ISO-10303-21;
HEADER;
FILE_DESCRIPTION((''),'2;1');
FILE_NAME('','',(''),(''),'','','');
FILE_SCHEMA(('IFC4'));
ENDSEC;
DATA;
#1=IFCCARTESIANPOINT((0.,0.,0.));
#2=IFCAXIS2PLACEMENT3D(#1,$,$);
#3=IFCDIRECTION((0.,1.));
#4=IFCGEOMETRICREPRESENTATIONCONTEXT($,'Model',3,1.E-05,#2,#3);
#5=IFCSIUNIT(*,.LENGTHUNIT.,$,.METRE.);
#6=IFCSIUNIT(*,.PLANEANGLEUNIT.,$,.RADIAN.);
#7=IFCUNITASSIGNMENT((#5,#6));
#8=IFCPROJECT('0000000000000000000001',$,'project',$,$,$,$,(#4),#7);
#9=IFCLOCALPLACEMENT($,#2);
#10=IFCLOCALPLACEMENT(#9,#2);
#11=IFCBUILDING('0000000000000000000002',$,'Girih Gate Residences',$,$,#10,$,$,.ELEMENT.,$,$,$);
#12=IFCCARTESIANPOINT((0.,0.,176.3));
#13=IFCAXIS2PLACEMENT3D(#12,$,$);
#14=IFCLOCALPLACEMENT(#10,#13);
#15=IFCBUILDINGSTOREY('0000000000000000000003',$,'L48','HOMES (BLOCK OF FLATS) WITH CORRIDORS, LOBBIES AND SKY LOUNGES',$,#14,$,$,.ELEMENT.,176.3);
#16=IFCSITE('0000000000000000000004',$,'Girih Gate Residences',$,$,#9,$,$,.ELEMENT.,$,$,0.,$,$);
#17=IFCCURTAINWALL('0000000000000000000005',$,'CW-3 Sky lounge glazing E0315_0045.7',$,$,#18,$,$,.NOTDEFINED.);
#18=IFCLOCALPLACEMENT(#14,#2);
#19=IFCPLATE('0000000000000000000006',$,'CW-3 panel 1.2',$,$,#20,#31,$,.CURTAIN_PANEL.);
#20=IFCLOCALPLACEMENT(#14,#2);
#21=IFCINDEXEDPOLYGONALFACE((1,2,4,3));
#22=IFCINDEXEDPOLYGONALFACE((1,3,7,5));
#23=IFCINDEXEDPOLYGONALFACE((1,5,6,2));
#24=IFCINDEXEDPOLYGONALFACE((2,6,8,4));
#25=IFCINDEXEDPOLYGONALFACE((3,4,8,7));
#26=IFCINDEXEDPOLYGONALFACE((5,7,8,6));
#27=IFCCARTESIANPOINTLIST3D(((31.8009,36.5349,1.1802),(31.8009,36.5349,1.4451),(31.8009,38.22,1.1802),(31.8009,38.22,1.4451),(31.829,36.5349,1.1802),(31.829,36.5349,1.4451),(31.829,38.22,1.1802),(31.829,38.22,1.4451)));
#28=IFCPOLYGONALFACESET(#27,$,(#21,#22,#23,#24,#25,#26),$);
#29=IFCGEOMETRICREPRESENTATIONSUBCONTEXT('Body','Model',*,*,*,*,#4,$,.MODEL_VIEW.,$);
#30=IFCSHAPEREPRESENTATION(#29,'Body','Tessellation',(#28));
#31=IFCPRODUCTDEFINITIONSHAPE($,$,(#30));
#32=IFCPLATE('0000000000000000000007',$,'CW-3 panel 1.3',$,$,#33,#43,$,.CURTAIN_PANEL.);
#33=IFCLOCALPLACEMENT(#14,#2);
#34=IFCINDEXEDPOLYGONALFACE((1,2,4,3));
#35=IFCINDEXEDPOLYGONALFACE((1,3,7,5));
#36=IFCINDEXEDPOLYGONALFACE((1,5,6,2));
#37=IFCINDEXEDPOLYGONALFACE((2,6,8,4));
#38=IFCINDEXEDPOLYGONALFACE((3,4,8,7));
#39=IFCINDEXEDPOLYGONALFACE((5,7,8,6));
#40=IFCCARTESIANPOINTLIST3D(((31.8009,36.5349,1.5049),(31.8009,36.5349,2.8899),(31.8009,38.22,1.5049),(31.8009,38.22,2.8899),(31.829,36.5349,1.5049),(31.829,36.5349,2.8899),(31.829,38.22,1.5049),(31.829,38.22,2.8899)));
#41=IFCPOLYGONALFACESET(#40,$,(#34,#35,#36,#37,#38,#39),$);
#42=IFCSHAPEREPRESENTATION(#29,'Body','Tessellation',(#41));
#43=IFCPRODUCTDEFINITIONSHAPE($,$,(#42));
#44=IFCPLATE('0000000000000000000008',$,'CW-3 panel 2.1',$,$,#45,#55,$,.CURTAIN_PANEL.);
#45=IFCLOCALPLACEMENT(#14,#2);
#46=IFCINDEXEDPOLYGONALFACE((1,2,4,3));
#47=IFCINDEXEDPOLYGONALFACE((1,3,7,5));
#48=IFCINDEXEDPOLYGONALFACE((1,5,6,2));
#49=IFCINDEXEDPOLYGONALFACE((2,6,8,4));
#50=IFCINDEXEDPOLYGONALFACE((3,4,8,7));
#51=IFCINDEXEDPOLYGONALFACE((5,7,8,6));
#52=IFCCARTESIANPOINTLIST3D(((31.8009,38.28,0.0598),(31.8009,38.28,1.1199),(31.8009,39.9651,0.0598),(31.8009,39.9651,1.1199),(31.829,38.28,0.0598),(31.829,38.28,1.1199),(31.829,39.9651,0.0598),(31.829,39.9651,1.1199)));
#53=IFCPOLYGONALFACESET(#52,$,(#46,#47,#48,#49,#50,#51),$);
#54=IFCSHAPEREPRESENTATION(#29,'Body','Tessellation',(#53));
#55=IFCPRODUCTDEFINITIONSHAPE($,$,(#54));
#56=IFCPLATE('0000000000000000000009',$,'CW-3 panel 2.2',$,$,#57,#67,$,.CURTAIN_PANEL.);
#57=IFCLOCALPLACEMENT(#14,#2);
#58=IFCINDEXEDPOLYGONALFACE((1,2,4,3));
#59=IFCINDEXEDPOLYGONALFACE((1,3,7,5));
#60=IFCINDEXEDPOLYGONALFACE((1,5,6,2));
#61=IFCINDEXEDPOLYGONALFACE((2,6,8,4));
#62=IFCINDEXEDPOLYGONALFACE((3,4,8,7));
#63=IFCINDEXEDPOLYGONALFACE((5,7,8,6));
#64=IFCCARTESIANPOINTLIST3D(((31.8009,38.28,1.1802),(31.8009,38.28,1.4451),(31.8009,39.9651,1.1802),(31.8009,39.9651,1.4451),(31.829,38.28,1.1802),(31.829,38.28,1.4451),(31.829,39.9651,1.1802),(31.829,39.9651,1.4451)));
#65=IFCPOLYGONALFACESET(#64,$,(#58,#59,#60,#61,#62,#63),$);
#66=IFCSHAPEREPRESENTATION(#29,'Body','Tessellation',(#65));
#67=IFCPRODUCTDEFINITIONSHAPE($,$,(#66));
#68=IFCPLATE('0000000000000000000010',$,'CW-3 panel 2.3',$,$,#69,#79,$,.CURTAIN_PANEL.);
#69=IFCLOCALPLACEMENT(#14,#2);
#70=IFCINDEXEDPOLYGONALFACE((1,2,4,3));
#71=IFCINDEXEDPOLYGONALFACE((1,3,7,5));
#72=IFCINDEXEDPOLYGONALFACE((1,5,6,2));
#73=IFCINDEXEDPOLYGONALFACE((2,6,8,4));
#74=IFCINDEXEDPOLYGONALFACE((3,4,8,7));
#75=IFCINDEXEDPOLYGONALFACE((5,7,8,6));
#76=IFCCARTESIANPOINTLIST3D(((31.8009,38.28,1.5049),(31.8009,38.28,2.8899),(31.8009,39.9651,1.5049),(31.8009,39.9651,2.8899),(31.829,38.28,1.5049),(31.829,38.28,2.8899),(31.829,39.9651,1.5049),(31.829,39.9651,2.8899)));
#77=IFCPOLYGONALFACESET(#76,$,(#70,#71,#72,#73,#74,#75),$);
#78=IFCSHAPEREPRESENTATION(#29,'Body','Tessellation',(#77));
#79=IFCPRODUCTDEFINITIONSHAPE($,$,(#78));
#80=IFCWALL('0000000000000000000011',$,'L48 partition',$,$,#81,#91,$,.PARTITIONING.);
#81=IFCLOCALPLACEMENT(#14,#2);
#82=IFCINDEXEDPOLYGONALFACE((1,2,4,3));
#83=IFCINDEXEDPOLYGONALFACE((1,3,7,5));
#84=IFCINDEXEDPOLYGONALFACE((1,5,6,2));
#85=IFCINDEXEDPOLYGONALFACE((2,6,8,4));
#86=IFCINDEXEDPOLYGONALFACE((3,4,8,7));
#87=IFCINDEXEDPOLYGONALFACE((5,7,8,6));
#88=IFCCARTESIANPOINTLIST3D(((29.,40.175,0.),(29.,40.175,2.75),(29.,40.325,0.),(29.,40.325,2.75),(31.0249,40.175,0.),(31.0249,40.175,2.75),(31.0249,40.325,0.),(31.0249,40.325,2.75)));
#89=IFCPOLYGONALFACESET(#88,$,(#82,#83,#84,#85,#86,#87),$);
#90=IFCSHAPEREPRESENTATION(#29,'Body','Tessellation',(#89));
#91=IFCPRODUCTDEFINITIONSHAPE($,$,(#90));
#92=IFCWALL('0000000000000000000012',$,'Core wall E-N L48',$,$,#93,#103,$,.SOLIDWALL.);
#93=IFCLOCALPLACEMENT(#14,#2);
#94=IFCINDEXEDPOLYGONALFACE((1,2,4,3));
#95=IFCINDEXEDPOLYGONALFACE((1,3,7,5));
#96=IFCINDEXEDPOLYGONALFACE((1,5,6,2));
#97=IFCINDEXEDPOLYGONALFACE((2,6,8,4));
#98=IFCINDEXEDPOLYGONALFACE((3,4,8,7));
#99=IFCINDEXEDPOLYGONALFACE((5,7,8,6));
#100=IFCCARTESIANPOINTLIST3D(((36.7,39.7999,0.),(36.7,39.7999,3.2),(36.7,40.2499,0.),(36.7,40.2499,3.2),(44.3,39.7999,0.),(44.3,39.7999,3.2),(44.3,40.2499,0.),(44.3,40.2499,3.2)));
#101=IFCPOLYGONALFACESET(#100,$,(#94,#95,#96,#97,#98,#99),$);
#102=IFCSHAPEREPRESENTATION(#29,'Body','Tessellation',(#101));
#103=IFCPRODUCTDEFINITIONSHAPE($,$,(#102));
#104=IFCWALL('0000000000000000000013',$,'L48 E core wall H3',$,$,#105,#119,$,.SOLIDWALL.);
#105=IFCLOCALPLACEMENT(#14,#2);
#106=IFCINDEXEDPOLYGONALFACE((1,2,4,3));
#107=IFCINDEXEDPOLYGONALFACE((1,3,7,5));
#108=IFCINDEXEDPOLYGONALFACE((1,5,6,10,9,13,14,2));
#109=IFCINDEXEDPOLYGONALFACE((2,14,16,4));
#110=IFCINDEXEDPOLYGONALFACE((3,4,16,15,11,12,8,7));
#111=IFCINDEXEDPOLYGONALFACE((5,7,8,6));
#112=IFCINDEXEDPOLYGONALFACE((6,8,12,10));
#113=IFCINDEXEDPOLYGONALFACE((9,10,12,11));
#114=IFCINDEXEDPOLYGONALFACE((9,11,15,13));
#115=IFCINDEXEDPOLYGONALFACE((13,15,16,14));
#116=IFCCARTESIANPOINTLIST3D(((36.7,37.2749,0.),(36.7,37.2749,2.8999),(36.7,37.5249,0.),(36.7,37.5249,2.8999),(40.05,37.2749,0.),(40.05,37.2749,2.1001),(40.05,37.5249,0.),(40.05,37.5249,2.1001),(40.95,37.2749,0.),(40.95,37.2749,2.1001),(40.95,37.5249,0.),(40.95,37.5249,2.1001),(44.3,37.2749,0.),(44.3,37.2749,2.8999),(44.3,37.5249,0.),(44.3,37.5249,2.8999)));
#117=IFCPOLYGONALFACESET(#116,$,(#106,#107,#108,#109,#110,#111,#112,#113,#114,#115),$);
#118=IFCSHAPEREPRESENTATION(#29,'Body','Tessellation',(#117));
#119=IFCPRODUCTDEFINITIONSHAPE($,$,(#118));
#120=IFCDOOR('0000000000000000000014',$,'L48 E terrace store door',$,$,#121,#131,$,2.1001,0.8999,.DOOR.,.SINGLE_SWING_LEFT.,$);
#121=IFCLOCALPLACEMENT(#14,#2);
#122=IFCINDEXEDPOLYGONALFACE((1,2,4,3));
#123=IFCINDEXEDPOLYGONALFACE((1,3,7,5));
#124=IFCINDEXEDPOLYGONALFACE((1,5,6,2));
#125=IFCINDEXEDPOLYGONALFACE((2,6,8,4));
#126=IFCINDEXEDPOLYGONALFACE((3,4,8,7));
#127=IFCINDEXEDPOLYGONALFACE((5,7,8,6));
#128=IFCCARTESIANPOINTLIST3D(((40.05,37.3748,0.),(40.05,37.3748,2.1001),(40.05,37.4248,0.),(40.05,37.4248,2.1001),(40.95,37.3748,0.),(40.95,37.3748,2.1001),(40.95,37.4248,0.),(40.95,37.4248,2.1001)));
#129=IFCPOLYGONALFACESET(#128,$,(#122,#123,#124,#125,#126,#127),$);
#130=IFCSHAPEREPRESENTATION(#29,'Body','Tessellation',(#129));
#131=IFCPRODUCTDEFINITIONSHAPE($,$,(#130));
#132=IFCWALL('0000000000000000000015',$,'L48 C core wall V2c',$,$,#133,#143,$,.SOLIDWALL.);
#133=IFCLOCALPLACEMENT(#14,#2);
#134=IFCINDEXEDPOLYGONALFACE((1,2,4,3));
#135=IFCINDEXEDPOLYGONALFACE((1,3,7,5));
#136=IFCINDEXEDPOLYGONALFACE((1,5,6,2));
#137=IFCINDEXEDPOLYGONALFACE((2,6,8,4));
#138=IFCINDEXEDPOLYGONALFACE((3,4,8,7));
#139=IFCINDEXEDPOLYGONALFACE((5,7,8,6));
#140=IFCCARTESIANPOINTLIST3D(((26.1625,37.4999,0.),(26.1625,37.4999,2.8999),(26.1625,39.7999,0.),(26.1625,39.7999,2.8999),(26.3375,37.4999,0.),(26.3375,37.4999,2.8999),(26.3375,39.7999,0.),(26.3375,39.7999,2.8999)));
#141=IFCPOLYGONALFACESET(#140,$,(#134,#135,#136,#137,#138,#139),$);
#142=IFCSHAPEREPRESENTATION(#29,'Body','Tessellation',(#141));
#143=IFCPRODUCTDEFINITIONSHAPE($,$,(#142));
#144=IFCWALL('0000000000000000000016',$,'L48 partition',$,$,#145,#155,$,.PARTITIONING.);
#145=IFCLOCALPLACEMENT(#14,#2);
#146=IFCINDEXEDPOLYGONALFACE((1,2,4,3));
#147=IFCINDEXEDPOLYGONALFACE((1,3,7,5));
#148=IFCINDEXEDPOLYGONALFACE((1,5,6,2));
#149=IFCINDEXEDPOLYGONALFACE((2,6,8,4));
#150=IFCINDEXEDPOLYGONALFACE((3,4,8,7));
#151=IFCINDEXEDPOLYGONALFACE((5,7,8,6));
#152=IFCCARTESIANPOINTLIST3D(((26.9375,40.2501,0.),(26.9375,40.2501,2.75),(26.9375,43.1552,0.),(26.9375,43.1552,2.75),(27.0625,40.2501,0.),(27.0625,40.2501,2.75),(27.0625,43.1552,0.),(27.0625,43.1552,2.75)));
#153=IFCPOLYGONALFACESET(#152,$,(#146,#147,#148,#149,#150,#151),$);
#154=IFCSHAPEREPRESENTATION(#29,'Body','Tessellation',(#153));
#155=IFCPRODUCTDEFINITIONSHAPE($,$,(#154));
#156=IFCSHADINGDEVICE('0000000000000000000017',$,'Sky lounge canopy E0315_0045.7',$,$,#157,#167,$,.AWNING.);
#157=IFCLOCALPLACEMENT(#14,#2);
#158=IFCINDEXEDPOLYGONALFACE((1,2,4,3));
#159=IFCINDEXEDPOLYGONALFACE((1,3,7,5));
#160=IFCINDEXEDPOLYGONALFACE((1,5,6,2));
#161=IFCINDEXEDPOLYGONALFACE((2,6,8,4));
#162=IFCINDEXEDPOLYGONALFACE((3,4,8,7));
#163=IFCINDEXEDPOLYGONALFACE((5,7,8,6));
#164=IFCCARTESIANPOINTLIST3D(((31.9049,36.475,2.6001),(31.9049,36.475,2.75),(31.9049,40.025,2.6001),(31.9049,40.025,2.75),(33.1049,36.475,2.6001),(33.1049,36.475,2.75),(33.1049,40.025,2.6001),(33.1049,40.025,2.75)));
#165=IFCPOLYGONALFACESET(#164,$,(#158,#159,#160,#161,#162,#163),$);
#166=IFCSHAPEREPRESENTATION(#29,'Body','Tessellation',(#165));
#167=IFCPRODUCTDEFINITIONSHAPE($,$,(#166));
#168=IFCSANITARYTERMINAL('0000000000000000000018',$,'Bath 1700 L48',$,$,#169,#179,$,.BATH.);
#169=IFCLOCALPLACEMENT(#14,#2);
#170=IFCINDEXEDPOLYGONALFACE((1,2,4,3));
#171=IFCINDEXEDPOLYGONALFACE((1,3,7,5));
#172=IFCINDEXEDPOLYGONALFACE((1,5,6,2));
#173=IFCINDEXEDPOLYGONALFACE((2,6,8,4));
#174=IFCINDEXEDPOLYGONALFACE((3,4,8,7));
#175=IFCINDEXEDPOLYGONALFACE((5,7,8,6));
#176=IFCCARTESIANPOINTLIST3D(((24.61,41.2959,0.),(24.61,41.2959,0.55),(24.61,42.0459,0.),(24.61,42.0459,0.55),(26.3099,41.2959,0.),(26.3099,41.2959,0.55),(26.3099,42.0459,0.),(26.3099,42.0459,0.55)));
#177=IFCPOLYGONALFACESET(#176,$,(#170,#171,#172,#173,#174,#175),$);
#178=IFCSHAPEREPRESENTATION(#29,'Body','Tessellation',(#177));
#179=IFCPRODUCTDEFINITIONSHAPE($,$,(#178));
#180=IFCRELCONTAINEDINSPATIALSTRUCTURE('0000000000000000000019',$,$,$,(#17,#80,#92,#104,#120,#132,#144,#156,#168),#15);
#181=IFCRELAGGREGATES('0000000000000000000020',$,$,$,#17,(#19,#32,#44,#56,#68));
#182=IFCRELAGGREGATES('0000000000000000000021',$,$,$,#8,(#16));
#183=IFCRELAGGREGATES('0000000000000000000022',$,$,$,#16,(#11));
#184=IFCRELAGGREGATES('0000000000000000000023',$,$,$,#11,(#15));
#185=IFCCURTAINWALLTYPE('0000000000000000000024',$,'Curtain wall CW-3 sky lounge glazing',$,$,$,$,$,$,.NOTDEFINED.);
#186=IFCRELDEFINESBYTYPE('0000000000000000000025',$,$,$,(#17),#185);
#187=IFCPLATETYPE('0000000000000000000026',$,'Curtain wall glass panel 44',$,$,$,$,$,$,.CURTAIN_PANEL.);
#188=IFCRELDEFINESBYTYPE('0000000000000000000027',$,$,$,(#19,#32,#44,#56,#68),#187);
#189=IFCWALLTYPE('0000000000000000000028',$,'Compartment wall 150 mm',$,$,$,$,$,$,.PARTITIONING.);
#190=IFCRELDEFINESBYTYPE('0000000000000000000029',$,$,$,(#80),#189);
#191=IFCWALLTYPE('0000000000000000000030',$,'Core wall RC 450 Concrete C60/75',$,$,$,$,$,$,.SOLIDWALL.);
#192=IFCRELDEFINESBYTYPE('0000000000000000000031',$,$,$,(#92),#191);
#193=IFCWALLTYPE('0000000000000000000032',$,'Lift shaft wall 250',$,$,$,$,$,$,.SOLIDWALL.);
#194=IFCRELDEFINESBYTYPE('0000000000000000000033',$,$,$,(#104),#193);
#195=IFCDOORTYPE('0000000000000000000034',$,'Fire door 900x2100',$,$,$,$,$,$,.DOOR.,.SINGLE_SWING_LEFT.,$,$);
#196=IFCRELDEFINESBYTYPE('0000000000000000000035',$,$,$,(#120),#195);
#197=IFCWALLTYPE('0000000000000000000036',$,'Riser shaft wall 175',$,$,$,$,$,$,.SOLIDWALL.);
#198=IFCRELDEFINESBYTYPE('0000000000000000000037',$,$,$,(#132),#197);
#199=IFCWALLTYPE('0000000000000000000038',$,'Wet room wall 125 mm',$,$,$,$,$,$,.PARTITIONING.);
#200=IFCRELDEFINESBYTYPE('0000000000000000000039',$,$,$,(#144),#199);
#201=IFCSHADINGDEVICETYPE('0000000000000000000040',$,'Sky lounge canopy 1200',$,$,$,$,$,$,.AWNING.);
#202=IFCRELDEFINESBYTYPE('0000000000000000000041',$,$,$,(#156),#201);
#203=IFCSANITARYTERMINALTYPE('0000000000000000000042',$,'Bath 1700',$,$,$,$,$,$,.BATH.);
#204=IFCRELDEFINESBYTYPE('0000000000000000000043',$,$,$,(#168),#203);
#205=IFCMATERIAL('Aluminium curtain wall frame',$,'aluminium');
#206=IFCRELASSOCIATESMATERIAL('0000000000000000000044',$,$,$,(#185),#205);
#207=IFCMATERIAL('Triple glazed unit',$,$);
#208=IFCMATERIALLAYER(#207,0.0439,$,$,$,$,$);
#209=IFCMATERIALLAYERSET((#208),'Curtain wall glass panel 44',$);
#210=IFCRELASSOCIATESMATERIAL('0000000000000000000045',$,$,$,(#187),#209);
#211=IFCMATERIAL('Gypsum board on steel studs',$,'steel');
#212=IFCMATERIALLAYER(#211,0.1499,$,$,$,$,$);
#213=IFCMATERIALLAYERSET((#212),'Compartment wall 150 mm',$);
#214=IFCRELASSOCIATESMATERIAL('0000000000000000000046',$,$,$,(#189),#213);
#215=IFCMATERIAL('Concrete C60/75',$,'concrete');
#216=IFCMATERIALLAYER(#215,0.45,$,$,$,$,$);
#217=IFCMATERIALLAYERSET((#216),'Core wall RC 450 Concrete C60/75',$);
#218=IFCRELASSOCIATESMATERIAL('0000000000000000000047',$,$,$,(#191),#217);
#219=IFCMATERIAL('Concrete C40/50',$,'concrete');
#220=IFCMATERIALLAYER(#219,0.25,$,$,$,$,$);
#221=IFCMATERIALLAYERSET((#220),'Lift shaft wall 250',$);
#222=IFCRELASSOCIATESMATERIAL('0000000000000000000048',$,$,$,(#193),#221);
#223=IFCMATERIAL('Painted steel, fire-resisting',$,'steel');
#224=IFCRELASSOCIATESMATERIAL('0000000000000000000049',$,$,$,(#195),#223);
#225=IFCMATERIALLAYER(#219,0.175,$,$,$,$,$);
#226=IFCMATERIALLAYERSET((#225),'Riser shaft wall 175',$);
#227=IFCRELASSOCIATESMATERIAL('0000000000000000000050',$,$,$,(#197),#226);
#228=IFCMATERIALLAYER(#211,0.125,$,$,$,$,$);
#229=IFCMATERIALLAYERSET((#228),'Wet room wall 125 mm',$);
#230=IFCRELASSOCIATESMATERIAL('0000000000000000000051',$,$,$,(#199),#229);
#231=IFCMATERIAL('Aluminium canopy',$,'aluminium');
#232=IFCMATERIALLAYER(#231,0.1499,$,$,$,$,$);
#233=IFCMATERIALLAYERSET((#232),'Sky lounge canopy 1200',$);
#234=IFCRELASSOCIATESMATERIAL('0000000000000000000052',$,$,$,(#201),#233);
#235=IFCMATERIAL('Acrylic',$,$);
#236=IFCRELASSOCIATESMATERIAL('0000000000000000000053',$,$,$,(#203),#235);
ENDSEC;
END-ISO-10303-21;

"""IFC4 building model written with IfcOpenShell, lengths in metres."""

from ifc_helpers import new_model, si_unit, direction, frame, frame_2d, origin, origin_2d, place, context, subcontext, project, spatial, rectangle, extrude, material, layer, layer_set, type_object, element, fill, aggregate, save


model = new_model("IFC4")

# Units and contexts
model_context = context("Model", 3, precision=1e-05, world=origin(), true_north=direction((0.0, 1.0)))
body_context = subcontext(model_context, "Body", "Model", "MODEL_VIEW")
ifc_project = project(units=[si_unit("LENGTHUNIT", "METRE"), si_unit("PLANEANGLEUNIT", "RADIAN")], contexts=[model_context])

# Site, building, storey
site_placement = place(None, origin())
site = spatial("IfcSite", under=ifc_project, at=site_placement, Name="Girih Gate Residences", CompositionType="ELEMENT", RefElevation=0.0)
building_placement = place(site_placement, origin())
building = spatial("IfcBuilding", under=site, at=building_placement, Name="Girih Gate Residences", CompositionType="ELEMENT")
storey_placement = place(building_placement, frame((0.0, 0.0, 176.3)))
storey = spatial("IfcBuildingStorey", under=building, at=storey_placement, Name="L48", Description="HOMES (BLOCK OF FLATS) WITH CORRIDORS, LOBBIES AND SKY LOUNGES", CompositionType="ELEMENT", Elevation=176.3)

# Curtain wall
ifc_material_1 = material(Name="Aluminium curtain wall frame", Category="aluminium")
curtain_wall_type = type_object("IfcCurtainWallType", Name="Curtain wall CW-3 sky lounge glazing", PredefinedType="NOTDEFINED", material=ifc_material_1)
curtain_wall_1_placement = place(storey_placement, origin())
curtain_wall_1 = element("IfcCurtainWall", 1, at=curtain_wall_1_placement, inside=storey, type_object=curtain_wall_type, Name="CW-3 Sky lounge glazing E0315_0045.7", PredefinedType="NOTDEFINED")

# Shared definitions
ifc_material_2 = material(Name="Concrete C60/75", Category="concrete")

# Plates
ifc_material_3 = material(Name="Triple glazed unit")
ifc_layer_1 = layer(ifc_material_3, 0.0439)
ifc_layer_set_1 = layer_set([ifc_layer_1], Name="Curtain wall glass panel 44")
plate_type = type_object("IfcPlateType", Name="Curtain wall glass panel 44", PredefinedType="CURTAIN_PANEL", material=ifc_layer_set_1)
plate_1_placement = place(storey_placement, frame((31.8149, 37.3774, 1.1802), z_axis=(0.0, 0.0, 1.0), x_axis=(0.0, 1.0, 0.0)))
plate_1 = element("IfcPlate", 2, at=plate_1_placement, type_object=plate_type, Name="CW-3 panel 1.2", PredefinedType="CURTAIN_PANEL", context=body_context, shape_type="SweptSolid", body=[
    extrude(rectangle(XDim=1.6851, YDim=0.0281, at=origin_2d()), origin(), (0.0, 0.0, 1.0), 0.2649),
])
plate_2_placement = place(storey_placement, frame((31.8149, 37.3774, 1.5049), z_axis=(0.0, 0.0, 1.0), x_axis=(0.0, 1.0, 0.0)))
plate_2 = element("IfcPlate", 3, at=plate_2_placement, type_object=plate_type, Name="CW-3 panel 1.3", PredefinedType="CURTAIN_PANEL", context=body_context, shape_type="SweptSolid", body=[
    extrude(rectangle(XDim=1.6851, YDim=0.0281, at=origin_2d()), origin(), (0.0, 0.0, 1.0), 1.385),
])
plate_3_placement = place(storey_placement, frame((31.8149, 39.1226, 0.0598), z_axis=(0.0, 0.0, 1.0), x_axis=(0.0, 1.0, 0.0)))
plate_3 = element("IfcPlate", 4, at=plate_3_placement, type_object=plate_type, Name="CW-3 panel 2.1", PredefinedType="CURTAIN_PANEL", context=body_context, shape_type="SweptSolid", body=[
    extrude(rectangle(XDim=1.6851, YDim=0.0281, at=origin_2d()), origin(), (0.0, 0.0, 1.0), 1.0601),
])
plate_4_placement = place(storey_placement, frame((31.8149, 39.1226, 1.1802), z_axis=(0.0, 0.0, 1.0), x_axis=(0.0, 1.0, 0.0)))
plate_4 = element("IfcPlate", 5, at=plate_4_placement, type_object=plate_type, Name="CW-3 panel 2.2", PredefinedType="CURTAIN_PANEL", context=body_context, shape_type="SweptSolid", body=[
    extrude(rectangle(XDim=1.6851, YDim=0.0281, at=origin_2d()), origin(), (0.0, 0.0, 1.0), 0.2649),
])
plate_5_placement = place(storey_placement, frame((31.8149, 39.1226, 1.5049), z_axis=(0.0, 0.0, 1.0), x_axis=(0.0, 1.0, 0.0)))
plate_5 = element("IfcPlate", 6, at=plate_5_placement, type_object=plate_type, Name="CW-3 panel 2.3", PredefinedType="CURTAIN_PANEL", context=body_context, shape_type="SweptSolid", body=[
    extrude(rectangle(XDim=1.6851, YDim=0.0281, at=origin_2d()), origin(), (0.0, 0.0, 1.0), 1.385),
])
aggregate(curtain_wall_1, [plate_1, plate_2, plate_3, plate_4, plate_5])

# Walls
ifc_material_4 = material(Name="Gypsum board on steel studs", Category="steel")
ifc_layer_2 = layer(ifc_material_4, 0.1499)
ifc_layer_set_2 = layer_set([ifc_layer_2], Name="Compartment wall 150 mm")
wall_type_1 = type_object("IfcWallType", Name="Compartment wall 150 mm", PredefinedType="PARTITIONING", material=ifc_layer_set_2)
wall_1_placement = place(storey_placement, frame((29.0, 40.25, 0.0), z_axis=(0.0, 0.0, 1.0), x_axis=(1.0, 0.0, 0.0)))
element("IfcWall", 7, at=wall_1_placement, inside=storey, type_object=wall_type_1, Name="L48 partition", PredefinedType="PARTITIONING", context=body_context, shape_type="SweptSolid", body=[
    extrude(rectangle(XDim=2.0249, YDim=0.1499, at=frame_2d((1.0125, 0.0))), origin(), (0.0, 0.0, 1.0), 2.75),
])
ifc_layer_3 = layer(ifc_material_2, 0.45)
ifc_layer_set_3 = layer_set([ifc_layer_3], Name="Core wall RC 450 Concrete C60/75")
wall_type_2 = type_object("IfcWallType", Name="Core wall RC 450 Concrete C60/75", PredefinedType="SOLIDWALL", material=ifc_layer_set_3)
wall_2_placement = place(storey_placement, frame((36.7, 40.0249, 0.0), z_axis=(0.0, 0.0, 1.0), x_axis=(1.0, 0.0, 0.0)))
element("IfcWall", 8, at=wall_2_placement, inside=storey, type_object=wall_type_2, Name="Core wall E-N L48", PredefinedType="SOLIDWALL", context=body_context, shape_type="SweptSolid", body=[
    extrude(rectangle(XDim=7.6001, YDim=0.45, at=frame_2d((3.8, 0.0))), origin(), (0.0, 0.0, 1.0), 3.2),
])

# Wall, opening, door
ifc_material_5 = material(Name="Concrete C40/50", Category="concrete")
ifc_layer_4 = layer(ifc_material_5, 0.25)
ifc_layer_set_4 = layer_set([ifc_layer_4], Name="Lift shaft wall 250")
wall_type_3 = type_object("IfcWallType", Name="Lift shaft wall 250", PredefinedType="SOLIDWALL", material=ifc_layer_set_4)
wall_3_placement = place(storey_placement, frame((36.7, 37.3999, 0.0), z_axis=(0.0, 0.0, 1.0), x_axis=(1.0, 0.0, 0.0)))
wall_3 = element("IfcWall", 9, at=wall_3_placement, inside=storey, type_object=wall_type_3, Name="L48 E core wall H3", PredefinedType="SOLIDWALL", context=body_context, shape_type="SweptSolid", body=[
    extrude(rectangle(XDim=7.6001, YDim=0.25, at=frame_2d((3.8, 0.0))), origin(), (0.0, 0.0, 1.0), 2.8999),
])
opening_placement = place(wall_3_placement, frame((3.3501, 0.0, 0.0)))
opening = element("IfcOpeningElement", 10, at=opening_placement, cuts=wall_3, PredefinedType="OPENING", context=body_context, shape_type="SweptSolid", body=[
    extrude(rectangle(XDim=0.8999, YDim=2.1001, at=frame_2d((0.45, 1.05))), frame((0.0, 0.135, 0.0), z_axis=(0.0, -1.0, 0.0), x_axis=(1.0, 0.0, 0.0)), (0.0, 0.0, 1.0), 0.27),
])
ifc_material_6 = material(Name="Painted steel, fire-resisting", Category="steel")
door_type = type_object("IfcDoorType", Name="Fire door 900x2100", OperationType="SINGLE_SWING_LEFT", PredefinedType="DOOR", material=ifc_material_6)
door_placement = place(opening_placement, origin())
door = element("IfcDoor", 11, at=door_placement, inside=storey, type_object=door_type, Name="L48 E terrace store door", OperationType="SINGLE_SWING_LEFT", OverallHeight=2.1001, OverallWidth=0.8999, PredefinedType="DOOR", context=body_context, shape_type="SweptSolid", body=[
    extrude(rectangle(XDim=0.8999, YDim=2.1001, at=frame_2d((0.45, 1.05))), frame((0.0, 0.0249, 0.0), z_axis=(0.0, -1.0, 0.0), x_axis=(1.0, 0.0, 0.0)), (0.0, 0.0, 1.0), 0.05),
])
fill(opening, door)

# Walls
ifc_layer_5 = layer(ifc_material_5, 0.175)
ifc_layer_set_5 = layer_set([ifc_layer_5], Name="Riser shaft wall 175")
wall_type_4 = type_object("IfcWallType", Name="Riser shaft wall 175", PredefinedType="SOLIDWALL", material=ifc_layer_set_5)
wall_4_placement = place(storey_placement, frame((26.25, 37.5, 0.0), z_axis=(0.0, 0.0, 1.0), x_axis=(0.0, 1.0, 0.0)))
element("IfcWall", 12, at=wall_4_placement, inside=storey, type_object=wall_type_4, Name="L48 C core wall V2c", PredefinedType="SOLIDWALL", context=body_context, shape_type="SweptSolid", body=[
    extrude(rectangle(XDim=2.3, YDim=0.175, at=frame_2d((1.1499, 0.0))), origin(), (0.0, 0.0, 1.0), 2.8999),
])
ifc_layer_6 = layer(ifc_material_4, 0.125)
ifc_layer_set_6 = layer_set([ifc_layer_6], Name="Wet room wall 125 mm")
wall_type_5 = type_object("IfcWallType", Name="Wet room wall 125 mm", PredefinedType="PARTITIONING", material=ifc_layer_set_6)
wall_5_placement = place(storey_placement, frame((27.0, 40.25, 0.0), z_axis=(0.0, 0.0, 1.0), x_axis=(0.0, 1.0, 0.0)))
element("IfcWall", 13, at=wall_5_placement, inside=storey, type_object=wall_type_5, Name="L48 partition", PredefinedType="PARTITIONING", context=body_context, shape_type="SweptSolid", body=[
    extrude(rectangle(XDim=2.905, YDim=0.125, at=frame_2d((1.4526, 0.0))), origin(), (0.0, 0.0, 1.0), 2.75),
])

# Shading device
ifc_material_7 = material(Name="Aluminium canopy", Category="aluminium")
ifc_layer_7 = layer(ifc_material_7, 0.1499)
ifc_layer_set_7 = layer_set([ifc_layer_7], Name="Sky lounge canopy 1200")
shading_device_type = type_object("IfcShadingDeviceType", Name="Sky lounge canopy 1200", PredefinedType="AWNING", material=ifc_layer_set_7)
shading_device_placement = place(storey_placement, frame((32.5049, 38.25, 2.6001), z_axis=(0.0, 0.0, 1.0), x_axis=(0.0, 1.0, 0.0)))
element("IfcShadingDevice", 14, at=shading_device_placement, inside=storey, type_object=shading_device_type, Name="Sky lounge canopy E0315_0045.7", PredefinedType="AWNING", context=body_context, shape_type="SweptSolid", body=[
    extrude(rectangle(XDim=3.55, YDim=1.2, at=origin_2d()), origin(), (0.0, 0.0, 1.0), 0.1499),
])

# Sanitary terminal
ifc_material_8 = material(Name="Acrylic")
sanitary_terminal_type = type_object("IfcSanitaryTerminalType", Name="Bath 1700", PredefinedType="BATH", material=ifc_material_8)
sanitary_terminal_placement = place(storey_placement, frame((25.46, 41.6709, 0.0), z_axis=(0.0, 0.0, 1.0), x_axis=(1.0, 0.0, 0.0)))
element("IfcSanitaryTerminal", 15, at=sanitary_terminal_placement, inside=storey, type_object=sanitary_terminal_type, Name="Bath 1700 L48", PredefinedType="BATH", context=body_context, shape_type="SweptSolid", body=[
    extrude(rectangle(XDim=1.7, YDim=0.75, at=origin_2d()), origin(), (0.0, 0.0, 1.0), 0.55),
])

save(model, "model.ifc")
